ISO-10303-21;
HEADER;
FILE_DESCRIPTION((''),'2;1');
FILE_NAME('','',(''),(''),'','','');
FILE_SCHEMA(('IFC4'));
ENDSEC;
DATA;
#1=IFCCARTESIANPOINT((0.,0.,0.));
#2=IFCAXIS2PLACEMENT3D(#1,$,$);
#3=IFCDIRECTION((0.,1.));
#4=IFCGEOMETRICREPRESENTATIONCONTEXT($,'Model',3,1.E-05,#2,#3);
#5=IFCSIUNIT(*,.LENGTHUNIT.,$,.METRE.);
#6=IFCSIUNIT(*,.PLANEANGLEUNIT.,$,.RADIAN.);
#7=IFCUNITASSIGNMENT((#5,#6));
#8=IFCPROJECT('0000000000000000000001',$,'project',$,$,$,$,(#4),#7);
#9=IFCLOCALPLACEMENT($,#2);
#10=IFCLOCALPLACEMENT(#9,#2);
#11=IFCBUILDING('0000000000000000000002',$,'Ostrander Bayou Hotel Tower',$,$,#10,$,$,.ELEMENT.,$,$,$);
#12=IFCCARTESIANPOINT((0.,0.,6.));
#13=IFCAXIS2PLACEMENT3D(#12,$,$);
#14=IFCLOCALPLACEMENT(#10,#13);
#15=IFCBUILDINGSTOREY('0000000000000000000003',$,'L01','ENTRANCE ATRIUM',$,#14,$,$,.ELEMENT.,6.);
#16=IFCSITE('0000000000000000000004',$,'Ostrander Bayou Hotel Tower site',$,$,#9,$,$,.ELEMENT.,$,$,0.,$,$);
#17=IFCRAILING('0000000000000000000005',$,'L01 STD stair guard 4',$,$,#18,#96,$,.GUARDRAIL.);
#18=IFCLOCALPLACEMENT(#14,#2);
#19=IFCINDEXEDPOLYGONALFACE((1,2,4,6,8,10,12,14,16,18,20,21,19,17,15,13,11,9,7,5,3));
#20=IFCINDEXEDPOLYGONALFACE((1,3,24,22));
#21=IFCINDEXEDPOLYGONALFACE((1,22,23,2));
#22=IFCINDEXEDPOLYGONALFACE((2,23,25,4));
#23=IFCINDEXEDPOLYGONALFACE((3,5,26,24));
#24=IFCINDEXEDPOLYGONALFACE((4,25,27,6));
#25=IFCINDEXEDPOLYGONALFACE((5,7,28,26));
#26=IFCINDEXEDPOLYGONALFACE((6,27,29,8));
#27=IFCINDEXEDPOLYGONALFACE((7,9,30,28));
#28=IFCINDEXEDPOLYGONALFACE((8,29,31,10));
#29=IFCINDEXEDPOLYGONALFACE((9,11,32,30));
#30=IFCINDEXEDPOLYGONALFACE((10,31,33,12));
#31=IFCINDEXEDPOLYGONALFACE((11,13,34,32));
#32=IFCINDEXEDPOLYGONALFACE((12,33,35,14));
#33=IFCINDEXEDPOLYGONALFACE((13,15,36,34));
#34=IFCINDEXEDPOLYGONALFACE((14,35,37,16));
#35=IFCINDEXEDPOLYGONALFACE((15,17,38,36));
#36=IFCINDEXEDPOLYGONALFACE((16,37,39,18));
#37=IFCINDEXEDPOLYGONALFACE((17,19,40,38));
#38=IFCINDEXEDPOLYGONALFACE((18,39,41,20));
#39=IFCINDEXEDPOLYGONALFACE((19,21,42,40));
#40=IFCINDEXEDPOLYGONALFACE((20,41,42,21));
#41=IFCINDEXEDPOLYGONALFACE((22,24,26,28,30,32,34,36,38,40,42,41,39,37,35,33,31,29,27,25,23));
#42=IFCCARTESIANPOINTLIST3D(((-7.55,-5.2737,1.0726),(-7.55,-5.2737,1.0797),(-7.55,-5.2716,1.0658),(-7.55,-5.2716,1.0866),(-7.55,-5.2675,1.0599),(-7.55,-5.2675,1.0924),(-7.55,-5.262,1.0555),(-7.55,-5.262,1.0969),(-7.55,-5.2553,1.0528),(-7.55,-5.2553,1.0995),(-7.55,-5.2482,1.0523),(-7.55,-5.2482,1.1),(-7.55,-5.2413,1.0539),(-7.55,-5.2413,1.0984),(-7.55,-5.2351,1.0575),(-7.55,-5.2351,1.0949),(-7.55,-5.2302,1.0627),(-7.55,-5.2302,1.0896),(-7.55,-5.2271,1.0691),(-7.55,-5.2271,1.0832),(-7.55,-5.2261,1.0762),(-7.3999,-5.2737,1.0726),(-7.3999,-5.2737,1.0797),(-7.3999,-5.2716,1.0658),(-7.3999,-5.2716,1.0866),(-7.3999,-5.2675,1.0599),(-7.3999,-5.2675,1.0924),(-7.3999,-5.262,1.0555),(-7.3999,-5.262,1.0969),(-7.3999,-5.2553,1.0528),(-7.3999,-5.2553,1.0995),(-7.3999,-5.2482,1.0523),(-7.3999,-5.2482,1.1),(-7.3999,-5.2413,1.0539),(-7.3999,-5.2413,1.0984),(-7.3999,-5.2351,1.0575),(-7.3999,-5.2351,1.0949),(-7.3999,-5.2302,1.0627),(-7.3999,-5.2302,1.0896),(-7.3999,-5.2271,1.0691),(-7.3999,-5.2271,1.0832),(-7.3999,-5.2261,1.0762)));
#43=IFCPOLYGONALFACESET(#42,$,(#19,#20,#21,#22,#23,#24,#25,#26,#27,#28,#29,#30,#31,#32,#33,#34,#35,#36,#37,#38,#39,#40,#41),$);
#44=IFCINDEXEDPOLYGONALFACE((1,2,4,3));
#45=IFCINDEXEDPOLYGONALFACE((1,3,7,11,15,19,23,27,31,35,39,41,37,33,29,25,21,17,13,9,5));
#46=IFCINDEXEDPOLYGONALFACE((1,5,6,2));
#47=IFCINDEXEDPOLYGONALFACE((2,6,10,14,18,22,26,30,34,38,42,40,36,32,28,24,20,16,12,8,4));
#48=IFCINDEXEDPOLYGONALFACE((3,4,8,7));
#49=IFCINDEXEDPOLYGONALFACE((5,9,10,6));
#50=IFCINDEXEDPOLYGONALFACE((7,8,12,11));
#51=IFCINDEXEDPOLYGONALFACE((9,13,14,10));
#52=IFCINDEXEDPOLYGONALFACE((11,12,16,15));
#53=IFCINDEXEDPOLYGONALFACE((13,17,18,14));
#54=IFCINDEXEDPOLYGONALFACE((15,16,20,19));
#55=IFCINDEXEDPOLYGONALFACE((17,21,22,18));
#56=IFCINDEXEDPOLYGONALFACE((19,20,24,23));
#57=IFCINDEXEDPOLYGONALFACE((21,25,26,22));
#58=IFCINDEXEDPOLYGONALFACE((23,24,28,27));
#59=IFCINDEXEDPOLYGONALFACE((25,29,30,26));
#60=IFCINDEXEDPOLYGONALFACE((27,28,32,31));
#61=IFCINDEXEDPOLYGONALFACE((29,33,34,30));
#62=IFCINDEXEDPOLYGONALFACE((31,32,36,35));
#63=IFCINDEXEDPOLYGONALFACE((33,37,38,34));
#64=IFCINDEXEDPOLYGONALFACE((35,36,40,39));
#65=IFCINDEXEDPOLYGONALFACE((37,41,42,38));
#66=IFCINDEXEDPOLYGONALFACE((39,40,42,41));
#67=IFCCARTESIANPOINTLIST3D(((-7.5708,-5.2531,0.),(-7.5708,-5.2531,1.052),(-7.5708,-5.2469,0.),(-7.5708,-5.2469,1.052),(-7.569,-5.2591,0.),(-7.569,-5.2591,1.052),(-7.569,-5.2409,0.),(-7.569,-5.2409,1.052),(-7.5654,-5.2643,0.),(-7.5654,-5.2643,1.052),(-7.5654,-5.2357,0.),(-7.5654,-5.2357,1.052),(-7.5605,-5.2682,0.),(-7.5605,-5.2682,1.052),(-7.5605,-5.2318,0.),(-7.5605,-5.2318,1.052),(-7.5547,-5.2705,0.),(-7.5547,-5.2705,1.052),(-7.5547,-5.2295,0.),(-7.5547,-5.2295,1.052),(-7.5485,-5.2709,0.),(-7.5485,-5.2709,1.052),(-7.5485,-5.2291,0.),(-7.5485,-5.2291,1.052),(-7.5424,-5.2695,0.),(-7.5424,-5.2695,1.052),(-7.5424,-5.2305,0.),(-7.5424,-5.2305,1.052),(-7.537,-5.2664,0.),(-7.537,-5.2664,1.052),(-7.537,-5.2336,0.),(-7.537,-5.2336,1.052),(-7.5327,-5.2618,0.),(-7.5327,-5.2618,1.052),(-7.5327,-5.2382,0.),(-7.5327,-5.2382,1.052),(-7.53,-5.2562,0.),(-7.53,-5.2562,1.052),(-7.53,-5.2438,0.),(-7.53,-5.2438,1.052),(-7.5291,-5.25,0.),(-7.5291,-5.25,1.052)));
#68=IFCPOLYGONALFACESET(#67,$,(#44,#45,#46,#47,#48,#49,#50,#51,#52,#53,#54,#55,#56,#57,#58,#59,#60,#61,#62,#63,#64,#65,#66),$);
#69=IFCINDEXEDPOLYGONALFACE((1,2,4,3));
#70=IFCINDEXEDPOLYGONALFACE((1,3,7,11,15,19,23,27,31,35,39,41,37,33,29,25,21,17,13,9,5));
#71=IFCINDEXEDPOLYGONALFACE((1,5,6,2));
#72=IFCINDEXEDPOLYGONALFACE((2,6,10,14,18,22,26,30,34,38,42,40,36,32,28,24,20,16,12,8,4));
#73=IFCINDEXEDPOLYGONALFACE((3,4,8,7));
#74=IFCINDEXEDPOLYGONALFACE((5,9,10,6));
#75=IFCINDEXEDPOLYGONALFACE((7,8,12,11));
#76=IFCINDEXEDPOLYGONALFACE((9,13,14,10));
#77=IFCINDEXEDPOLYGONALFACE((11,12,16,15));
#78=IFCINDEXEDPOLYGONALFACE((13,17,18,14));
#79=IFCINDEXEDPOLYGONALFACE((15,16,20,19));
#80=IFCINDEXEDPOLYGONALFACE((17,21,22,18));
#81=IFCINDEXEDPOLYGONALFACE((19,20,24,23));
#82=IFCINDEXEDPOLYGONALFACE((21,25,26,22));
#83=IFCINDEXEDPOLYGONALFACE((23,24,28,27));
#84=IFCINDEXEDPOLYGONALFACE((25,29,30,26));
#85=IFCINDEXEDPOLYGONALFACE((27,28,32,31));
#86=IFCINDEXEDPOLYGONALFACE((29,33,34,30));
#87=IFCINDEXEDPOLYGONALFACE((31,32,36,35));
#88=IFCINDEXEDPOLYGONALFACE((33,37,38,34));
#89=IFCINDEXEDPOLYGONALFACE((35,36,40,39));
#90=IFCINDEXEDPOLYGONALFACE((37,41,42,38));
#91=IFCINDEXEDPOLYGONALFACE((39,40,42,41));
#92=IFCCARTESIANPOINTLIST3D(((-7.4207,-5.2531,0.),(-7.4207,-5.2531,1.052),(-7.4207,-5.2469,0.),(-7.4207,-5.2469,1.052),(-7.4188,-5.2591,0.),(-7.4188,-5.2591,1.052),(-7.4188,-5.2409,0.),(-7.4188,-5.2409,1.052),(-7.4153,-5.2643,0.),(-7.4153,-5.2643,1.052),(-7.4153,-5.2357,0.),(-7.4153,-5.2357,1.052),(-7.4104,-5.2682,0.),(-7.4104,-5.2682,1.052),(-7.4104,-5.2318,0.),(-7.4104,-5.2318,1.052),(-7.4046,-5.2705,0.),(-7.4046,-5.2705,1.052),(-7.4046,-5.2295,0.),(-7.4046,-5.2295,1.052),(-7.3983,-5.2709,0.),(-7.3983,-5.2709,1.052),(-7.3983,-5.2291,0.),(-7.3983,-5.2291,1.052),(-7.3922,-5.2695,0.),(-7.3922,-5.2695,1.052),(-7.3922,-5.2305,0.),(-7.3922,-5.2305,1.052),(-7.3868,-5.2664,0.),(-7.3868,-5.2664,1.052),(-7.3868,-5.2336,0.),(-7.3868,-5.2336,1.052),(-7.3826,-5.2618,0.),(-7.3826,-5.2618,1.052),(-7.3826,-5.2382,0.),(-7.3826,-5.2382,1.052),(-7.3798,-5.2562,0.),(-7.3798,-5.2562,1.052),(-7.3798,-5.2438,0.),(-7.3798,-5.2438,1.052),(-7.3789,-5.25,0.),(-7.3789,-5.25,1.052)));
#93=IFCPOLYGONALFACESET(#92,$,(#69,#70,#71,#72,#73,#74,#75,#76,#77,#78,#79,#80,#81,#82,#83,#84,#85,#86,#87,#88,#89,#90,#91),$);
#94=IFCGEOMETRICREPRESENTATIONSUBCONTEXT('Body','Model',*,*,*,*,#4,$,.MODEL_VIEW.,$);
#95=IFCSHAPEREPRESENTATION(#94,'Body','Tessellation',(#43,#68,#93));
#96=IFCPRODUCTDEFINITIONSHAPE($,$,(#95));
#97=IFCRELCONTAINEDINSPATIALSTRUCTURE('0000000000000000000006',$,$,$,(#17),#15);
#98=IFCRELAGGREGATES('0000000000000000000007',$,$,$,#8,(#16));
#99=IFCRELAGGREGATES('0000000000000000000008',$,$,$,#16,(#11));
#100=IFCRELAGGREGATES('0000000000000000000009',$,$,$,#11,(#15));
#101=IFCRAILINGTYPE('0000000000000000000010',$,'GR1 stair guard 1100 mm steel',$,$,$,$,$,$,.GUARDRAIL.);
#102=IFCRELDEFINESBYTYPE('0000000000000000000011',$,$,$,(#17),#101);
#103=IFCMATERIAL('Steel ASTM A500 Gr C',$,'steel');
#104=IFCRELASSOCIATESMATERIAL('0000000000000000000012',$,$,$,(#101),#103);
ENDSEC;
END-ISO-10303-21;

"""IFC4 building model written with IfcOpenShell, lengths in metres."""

from ifc_helpers import new_model, si_unit, direction, frame, origin, origin_2d, place, context, subcontext, project, spatial, circle, extrude, material, type_object, element, save


model = new_model("IFC4")

# Units and contexts
model_context = context("Model", 3, precision=1e-05, world=origin(), true_north=direction((0.0, 1.0)))
body_context = subcontext(model_context, "Body", "Model", "MODEL_VIEW")
ifc_project = project(units=[si_unit("LENGTHUNIT", "METRE"), si_unit("PLANEANGLEUNIT", "RADIAN")], contexts=[model_context])

# Site, building, storey
site_placement = place(None, origin())
site = spatial("IfcSite", under=ifc_project, at=site_placement, Name="Ostrander Bayou Hotel Tower site", CompositionType="ELEMENT", RefElevation=0.0)
building_placement = place(site_placement, origin())
building = spatial("IfcBuilding", under=site, at=building_placement, Name="Ostrander Bayou Hotel Tower", CompositionType="ELEMENT")
storey_placement = place(building_placement, frame((0.0, 0.0, 6.0)))
storey = spatial("IfcBuildingStorey", under=building, at=storey_placement, Name="L01", Description="ENTRANCE ATRIUM", CompositionType="ELEMENT", Elevation=6.0)

# Railing
ifc_material_1 = material(Name="Steel ASTM A500 Gr C", Category="steel")
railing_type_1 = type_object("IfcRailingType", Name="GR1 stair guard 1100 mm steel", PredefinedType="GUARDRAIL", material=ifc_material_1)
railing_1_placement = place(storey_placement, frame((-7.55, -5.25, 0.0)))
element("IfcRailing", 1, at=railing_1_placement, inside=storey, type_object=railing_type_1, Name="L01 STD stair guard 4", PredefinedType="GUARDRAIL", context=body_context, shape_type="SweptSolid", body=[
    extrude(circle(Radius=0.0239, at=origin_2d()), frame((0.0, 0.0, 1.0762), z_axis=(1.0, 0.0, 0.0), x_axis=(0.0, 1.0, 0.0)), (0.0, 0.0, 1.0), 0.1501),
    extrude(circle(Radius=0.021, at=origin_2d()), origin(), (0.0, 0.0, 1.0), 1.052),
    extrude(circle(Radius=0.021, at=origin_2d()), frame((0.1501, 0.0, 0.0)), (0.0, 0.0, 1.0), 1.052),
])

save(model, "model.ifc")
